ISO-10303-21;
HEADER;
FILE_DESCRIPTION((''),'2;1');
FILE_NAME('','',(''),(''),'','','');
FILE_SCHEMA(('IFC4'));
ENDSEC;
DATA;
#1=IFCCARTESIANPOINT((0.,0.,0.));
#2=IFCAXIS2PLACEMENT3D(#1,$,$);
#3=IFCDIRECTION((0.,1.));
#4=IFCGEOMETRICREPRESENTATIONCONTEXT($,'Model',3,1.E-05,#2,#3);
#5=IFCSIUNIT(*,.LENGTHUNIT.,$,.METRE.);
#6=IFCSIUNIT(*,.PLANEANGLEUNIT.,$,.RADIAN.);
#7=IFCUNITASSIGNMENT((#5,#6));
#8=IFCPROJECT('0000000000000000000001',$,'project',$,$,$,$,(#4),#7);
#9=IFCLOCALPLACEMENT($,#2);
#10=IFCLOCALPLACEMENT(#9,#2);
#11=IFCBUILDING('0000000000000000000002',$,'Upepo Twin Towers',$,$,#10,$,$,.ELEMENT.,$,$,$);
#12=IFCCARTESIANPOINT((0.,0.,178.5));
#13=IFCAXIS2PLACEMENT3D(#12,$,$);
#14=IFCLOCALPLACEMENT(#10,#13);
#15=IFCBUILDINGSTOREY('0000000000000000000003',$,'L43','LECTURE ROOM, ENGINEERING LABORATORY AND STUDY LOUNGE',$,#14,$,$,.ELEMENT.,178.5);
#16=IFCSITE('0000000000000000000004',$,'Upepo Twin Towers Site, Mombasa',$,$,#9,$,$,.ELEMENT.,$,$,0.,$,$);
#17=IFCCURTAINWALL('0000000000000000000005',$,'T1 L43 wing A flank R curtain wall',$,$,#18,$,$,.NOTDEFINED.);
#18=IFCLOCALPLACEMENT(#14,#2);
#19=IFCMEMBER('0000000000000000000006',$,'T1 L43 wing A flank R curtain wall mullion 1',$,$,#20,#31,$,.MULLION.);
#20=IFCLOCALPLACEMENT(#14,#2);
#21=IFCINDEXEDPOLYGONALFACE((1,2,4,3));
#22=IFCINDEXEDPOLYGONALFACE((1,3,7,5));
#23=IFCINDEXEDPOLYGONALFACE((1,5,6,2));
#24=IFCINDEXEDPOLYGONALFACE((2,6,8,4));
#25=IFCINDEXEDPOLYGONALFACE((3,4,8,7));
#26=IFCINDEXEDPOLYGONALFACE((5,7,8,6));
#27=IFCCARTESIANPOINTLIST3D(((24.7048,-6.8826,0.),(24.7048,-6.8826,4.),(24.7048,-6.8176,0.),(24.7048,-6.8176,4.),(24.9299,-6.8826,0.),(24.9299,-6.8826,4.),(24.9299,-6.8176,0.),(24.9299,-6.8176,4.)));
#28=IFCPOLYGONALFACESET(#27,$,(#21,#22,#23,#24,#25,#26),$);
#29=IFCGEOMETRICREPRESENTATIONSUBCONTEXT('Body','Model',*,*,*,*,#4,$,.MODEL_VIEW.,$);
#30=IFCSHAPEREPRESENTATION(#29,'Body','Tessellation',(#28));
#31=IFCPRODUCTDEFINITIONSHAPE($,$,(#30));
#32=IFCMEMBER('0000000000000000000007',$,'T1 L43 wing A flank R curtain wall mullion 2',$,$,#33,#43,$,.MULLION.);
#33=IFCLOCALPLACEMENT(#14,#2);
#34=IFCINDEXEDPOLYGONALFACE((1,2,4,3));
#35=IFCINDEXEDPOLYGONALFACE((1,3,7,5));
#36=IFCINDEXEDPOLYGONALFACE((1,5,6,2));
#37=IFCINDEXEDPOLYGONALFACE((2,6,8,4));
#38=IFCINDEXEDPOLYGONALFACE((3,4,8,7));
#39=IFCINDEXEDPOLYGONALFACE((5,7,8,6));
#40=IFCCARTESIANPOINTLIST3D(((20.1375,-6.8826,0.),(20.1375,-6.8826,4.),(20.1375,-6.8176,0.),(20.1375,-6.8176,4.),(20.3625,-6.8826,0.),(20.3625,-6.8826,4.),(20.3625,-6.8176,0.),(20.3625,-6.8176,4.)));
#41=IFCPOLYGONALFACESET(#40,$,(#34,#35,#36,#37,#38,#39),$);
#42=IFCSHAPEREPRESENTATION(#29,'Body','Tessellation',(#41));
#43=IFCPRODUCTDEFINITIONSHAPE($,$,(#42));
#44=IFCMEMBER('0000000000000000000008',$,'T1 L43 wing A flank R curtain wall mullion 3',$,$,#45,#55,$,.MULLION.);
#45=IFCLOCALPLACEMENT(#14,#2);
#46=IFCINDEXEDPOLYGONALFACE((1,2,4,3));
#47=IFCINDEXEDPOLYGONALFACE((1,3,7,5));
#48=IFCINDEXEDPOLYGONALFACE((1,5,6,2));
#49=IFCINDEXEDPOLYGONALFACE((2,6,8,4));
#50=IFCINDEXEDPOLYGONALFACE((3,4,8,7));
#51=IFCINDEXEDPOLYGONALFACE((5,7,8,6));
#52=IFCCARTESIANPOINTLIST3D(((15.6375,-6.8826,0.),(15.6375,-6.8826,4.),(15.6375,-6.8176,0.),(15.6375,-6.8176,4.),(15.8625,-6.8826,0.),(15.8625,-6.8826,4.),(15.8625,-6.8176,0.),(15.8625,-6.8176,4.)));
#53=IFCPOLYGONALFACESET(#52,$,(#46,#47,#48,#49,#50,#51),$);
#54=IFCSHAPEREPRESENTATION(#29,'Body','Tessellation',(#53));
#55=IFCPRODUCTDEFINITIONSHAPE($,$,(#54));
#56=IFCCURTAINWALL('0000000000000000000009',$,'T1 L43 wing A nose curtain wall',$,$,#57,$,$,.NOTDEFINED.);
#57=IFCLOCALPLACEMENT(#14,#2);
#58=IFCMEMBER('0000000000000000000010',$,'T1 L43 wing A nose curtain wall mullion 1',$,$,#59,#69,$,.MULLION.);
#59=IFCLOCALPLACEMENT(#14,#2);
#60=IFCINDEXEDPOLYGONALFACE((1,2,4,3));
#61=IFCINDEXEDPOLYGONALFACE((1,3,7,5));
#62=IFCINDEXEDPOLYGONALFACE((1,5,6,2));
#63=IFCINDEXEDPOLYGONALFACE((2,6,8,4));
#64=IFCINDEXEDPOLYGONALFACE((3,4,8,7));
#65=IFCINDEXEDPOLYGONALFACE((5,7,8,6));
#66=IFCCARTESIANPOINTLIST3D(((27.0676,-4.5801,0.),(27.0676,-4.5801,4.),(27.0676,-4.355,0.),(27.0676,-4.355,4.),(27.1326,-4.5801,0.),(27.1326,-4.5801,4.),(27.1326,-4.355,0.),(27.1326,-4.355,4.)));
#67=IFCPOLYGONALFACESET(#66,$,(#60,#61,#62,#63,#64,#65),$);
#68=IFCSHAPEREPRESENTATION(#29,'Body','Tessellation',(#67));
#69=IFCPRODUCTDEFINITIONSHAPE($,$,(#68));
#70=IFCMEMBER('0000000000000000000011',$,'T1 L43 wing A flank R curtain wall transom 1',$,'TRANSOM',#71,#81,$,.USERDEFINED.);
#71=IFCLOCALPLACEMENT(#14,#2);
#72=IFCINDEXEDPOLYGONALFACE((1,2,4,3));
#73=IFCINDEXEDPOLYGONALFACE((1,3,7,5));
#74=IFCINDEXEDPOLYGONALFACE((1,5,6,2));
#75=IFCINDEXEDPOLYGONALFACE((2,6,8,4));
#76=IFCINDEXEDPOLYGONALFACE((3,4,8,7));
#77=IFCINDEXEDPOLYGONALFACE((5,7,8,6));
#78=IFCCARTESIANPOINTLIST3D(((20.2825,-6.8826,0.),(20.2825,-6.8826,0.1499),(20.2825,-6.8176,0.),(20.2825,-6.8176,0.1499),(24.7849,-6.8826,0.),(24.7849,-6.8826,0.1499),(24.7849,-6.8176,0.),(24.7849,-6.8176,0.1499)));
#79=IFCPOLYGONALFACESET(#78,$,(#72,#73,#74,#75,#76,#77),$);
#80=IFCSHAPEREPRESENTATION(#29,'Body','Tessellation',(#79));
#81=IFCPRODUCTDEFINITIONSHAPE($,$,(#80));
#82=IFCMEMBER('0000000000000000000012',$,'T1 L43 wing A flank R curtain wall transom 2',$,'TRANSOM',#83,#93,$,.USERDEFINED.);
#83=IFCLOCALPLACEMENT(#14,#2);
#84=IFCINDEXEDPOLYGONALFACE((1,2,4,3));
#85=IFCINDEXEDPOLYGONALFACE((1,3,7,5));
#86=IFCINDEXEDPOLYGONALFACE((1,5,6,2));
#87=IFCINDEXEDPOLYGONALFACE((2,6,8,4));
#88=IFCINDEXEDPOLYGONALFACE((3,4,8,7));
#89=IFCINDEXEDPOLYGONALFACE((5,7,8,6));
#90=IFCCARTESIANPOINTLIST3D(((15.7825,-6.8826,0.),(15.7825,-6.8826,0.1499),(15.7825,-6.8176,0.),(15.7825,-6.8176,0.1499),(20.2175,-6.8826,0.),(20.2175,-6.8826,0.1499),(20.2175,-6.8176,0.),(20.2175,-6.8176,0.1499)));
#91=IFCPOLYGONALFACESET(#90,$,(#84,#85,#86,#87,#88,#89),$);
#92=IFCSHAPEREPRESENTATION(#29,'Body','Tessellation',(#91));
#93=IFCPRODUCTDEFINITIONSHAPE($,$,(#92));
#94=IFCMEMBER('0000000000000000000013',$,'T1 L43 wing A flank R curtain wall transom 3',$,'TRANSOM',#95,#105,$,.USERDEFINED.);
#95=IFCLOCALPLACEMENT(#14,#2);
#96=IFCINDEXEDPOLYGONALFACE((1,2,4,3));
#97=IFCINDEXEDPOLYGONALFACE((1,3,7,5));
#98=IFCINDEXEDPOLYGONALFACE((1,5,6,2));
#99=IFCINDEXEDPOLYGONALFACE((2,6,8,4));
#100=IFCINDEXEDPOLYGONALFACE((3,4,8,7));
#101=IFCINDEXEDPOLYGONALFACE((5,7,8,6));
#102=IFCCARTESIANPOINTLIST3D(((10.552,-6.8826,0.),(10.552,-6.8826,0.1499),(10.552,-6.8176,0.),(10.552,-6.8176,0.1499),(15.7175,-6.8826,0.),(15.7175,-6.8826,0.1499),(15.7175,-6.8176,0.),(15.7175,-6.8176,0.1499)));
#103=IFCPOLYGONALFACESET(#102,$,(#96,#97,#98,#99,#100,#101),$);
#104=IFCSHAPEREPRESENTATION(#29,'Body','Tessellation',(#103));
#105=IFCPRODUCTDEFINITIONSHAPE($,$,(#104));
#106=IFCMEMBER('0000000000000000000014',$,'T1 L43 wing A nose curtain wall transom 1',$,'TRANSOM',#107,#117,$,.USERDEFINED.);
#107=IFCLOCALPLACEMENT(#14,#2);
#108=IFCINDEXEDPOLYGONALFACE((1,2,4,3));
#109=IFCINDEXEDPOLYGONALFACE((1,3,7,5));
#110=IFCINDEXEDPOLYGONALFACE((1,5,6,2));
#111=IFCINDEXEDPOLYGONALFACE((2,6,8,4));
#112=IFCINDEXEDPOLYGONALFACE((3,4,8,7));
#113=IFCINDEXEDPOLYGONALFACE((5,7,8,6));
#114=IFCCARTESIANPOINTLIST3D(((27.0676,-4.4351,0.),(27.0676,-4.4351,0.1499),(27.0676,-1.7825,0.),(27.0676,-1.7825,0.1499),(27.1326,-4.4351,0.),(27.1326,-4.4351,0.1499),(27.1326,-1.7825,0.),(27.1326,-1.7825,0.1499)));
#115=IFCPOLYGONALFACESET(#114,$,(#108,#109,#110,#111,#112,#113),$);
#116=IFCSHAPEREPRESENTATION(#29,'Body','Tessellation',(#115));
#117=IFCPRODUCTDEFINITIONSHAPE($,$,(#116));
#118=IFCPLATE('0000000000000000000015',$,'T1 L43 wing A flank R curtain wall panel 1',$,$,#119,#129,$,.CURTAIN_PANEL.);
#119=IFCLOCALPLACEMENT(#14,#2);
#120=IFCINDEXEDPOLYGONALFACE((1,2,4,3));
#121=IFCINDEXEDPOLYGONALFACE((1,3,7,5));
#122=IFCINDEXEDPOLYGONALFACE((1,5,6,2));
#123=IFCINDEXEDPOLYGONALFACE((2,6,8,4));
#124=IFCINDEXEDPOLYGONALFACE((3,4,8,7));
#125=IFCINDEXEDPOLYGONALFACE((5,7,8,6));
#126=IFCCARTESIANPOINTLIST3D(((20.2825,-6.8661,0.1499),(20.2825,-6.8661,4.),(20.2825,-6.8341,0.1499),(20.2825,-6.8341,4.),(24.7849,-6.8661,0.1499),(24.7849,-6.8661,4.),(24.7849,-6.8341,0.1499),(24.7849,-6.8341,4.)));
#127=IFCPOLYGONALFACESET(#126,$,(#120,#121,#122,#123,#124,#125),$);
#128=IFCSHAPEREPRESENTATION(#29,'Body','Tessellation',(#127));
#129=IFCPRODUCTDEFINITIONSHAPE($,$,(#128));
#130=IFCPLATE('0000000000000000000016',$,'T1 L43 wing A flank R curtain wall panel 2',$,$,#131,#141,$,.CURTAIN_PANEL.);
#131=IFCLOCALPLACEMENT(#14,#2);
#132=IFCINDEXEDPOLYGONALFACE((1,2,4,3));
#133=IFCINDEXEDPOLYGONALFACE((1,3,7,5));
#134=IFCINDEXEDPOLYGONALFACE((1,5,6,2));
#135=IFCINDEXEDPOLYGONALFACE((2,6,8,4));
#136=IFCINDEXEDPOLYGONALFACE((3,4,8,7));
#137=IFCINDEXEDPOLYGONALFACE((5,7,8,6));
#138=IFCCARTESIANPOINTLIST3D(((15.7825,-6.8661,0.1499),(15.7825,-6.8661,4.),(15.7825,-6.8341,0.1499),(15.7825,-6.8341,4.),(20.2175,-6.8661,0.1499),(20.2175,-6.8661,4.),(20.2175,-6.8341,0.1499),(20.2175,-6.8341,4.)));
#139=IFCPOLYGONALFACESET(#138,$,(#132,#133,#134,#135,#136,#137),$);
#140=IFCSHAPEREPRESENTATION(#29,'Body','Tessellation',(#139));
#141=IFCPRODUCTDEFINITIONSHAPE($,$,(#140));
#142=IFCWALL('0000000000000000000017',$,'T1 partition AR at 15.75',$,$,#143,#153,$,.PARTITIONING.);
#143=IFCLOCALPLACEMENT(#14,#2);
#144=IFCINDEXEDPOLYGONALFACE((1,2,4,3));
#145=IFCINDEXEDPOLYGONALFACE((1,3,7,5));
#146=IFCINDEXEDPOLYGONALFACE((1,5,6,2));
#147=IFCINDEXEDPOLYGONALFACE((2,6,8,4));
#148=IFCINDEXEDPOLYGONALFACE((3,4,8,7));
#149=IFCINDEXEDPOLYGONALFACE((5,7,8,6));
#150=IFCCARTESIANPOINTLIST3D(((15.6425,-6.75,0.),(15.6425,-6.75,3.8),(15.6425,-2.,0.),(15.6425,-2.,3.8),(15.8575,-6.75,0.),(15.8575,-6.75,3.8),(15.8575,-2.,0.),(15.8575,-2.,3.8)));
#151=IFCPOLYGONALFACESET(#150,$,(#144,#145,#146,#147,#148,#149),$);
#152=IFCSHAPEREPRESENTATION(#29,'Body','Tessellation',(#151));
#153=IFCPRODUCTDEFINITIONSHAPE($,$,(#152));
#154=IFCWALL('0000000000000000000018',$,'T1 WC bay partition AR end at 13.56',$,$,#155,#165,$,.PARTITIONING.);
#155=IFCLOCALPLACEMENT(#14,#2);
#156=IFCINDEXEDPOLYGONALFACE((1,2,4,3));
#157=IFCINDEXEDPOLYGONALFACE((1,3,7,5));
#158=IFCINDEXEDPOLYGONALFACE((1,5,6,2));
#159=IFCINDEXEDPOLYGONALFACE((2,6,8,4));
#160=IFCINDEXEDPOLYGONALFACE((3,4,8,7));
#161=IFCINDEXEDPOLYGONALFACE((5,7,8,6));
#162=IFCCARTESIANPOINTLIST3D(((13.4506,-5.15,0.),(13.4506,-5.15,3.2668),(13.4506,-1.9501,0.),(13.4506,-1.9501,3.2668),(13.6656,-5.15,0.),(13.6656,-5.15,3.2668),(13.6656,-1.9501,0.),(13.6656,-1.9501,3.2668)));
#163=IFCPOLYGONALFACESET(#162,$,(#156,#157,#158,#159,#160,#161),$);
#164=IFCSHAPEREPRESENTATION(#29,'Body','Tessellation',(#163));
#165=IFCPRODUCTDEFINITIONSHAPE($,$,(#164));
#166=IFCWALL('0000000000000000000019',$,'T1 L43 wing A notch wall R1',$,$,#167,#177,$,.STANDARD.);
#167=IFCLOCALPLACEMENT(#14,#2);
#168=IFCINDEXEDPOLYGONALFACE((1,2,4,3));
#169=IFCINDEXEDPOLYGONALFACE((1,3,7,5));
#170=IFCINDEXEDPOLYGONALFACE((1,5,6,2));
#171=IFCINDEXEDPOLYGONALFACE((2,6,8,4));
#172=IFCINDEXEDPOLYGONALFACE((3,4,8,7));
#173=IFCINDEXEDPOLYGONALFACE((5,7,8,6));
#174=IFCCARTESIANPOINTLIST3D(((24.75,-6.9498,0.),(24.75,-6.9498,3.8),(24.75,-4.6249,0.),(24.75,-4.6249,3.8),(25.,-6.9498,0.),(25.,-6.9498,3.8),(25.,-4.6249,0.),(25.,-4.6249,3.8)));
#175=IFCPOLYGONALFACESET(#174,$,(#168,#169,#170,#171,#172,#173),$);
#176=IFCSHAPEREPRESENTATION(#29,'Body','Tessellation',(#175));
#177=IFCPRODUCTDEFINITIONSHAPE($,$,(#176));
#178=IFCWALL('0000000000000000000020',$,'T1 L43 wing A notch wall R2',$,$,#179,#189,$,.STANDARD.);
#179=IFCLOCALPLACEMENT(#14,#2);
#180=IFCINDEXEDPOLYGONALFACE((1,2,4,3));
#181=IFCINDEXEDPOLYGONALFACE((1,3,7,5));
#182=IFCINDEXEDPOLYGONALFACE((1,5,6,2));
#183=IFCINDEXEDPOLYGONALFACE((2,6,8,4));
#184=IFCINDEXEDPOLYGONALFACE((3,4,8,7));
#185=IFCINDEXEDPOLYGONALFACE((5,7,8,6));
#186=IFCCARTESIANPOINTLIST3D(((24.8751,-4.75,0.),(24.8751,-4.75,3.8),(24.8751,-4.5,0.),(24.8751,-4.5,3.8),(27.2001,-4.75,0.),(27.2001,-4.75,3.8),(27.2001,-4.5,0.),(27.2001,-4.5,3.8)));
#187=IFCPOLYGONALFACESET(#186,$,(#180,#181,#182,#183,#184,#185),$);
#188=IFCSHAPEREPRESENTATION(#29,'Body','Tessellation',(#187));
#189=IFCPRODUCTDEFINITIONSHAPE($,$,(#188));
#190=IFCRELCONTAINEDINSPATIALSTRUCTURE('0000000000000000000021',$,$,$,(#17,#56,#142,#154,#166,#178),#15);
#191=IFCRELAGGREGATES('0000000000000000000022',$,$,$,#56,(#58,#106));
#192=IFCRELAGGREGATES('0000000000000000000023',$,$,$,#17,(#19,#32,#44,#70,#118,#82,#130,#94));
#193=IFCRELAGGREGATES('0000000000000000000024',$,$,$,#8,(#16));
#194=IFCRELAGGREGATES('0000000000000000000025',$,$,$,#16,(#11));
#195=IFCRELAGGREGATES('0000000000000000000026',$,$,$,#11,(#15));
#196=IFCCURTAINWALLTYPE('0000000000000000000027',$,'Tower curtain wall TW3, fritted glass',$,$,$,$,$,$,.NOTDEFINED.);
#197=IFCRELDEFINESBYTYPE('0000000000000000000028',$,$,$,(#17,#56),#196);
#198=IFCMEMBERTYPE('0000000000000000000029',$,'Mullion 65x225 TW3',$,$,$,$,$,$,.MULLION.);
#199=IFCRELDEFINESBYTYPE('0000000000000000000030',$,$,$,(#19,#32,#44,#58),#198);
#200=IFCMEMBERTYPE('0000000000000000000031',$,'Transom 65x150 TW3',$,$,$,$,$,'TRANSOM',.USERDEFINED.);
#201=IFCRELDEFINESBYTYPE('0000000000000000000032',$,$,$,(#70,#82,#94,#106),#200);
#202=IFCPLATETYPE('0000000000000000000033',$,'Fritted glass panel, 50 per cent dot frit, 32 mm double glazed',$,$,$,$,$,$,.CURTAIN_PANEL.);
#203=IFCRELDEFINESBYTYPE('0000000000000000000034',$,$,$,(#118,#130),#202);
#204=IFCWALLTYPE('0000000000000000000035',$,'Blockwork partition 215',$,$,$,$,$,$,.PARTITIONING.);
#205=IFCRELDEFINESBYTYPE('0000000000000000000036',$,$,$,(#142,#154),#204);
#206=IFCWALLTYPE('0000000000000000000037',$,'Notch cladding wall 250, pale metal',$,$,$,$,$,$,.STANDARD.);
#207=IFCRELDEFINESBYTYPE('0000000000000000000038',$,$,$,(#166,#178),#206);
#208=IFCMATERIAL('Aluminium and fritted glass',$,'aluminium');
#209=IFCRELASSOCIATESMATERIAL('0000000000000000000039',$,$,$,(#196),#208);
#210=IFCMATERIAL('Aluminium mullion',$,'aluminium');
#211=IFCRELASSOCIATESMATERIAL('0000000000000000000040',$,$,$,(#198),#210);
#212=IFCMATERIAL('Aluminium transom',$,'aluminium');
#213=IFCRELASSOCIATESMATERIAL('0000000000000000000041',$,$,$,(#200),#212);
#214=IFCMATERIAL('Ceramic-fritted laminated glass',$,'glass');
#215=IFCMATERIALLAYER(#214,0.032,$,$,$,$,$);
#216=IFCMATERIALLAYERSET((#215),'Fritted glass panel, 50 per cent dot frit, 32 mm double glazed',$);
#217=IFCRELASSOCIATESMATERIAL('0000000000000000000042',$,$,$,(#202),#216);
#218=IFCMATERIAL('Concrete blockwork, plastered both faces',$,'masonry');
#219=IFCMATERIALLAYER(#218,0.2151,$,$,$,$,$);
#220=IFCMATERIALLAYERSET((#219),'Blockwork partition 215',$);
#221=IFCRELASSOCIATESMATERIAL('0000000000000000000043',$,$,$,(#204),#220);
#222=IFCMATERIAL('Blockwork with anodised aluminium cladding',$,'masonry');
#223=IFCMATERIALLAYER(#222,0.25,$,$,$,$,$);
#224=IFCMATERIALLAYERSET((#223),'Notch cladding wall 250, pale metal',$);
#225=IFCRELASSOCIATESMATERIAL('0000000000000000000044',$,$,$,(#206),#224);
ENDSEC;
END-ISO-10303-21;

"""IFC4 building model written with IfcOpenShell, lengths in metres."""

from ifc_helpers import new_model, si_unit, direction, frame, frame_2d, origin, origin_2d, place, context, subcontext, project, spatial, rectangle, extrude, material, layer, layer_set, material_profile, profile_set, type_object, element, aggregate, save


model = new_model("IFC4")

# Units and contexts
model_context = context("Model", 3, precision=1e-05, world=origin(), true_north=direction((0.0, 1.0)))
body_context = subcontext(model_context, "Body", "Model", "MODEL_VIEW")
ifc_project = project(units=[si_unit("LENGTHUNIT", "METRE"), si_unit("PLANEANGLEUNIT", "RADIAN")], contexts=[model_context])

# Site, building, storey
site_placement = place(None, origin())
site = spatial("IfcSite", under=ifc_project, at=site_placement, Name="Upepo Twin Towers Site, Mombasa", CompositionType="ELEMENT", RefElevation=0.0)
building_placement = place(site_placement, origin())
building = spatial("IfcBuilding", under=site, at=building_placement, Name="Upepo Twin Towers", CompositionType="ELEMENT")
storey_placement = place(building_placement, frame((0.0, 0.0, 178.5)))
storey = spatial("IfcBuildingStorey", under=building, at=storey_placement, Name="L43", Description="LECTURE ROOM, ENGINEERING LABORATORY AND STUDY LOUNGE", CompositionType="ELEMENT", Elevation=178.5)

# Curtain wall, members
ifc_material_1 = material(Name="Aluminium and fritted glass", Category="aluminium")
curtain_wall_type = type_object("IfcCurtainWallType", Name="Tower curtain wall TW3, fritted glass", PredefinedType="NOTDEFINED", material=ifc_material_1)
curtain_wall_1_placement = place(storey_placement, origin())
curtain_wall_1 = element("IfcCurtainWall", 1, at=curtain_wall_1_placement, inside=storey, type_object=curtain_wall_type, Name="T1 L43 wing A flank R curtain wall", PredefinedType="NOTDEFINED")
ifc_material_2 = material(Name="Aluminium mullion", Category="aluminium")
ifc_material_profile_1 = material_profile(ifc_material_2, rectangle(XDim=0.0649, YDim=0.2251, at=origin_2d()), Name="MULLION 65x225")
ifc_profile_set_1 = profile_set([ifc_material_profile_1], Name="Aluminium mullion")
member_type_1 = type_object("IfcMemberType", Name="Mullion 65x225 TW3", PredefinedType="MULLION", material=ifc_profile_set_1)
member_1_placement = place(storey_placement, frame((24.8174, -6.8501, 0.0), z_axis=(0.0, 0.0, 1.0), x_axis=(0.0, -1.0, 0.0)))
member_1 = element("IfcMember", 2, at=member_1_placement, type_object=member_type_1, Name="T1 L43 wing A flank R curtain wall mullion 1", PredefinedType="MULLION", context=body_context, shape_type="SweptSolid", body=[
    extrude(rectangle(XDim=0.0649, YDim=0.2251, at=origin_2d()), origin(), (0.0, 0.0, 1.0), 4.0),
])
member_2_placement = place(storey_placement, frame((20.25, -6.8501, 0.0), z_axis=(0.0, 0.0, 1.0), x_axis=(0.0, -1.0, 0.0)))
member_2 = element("IfcMember", 3, at=member_2_placement, type_object=member_type_1, Name="T1 L43 wing A flank R curtain wall mullion 2", PredefinedType="MULLION", context=body_context, shape_type="SweptSolid", body=[
    extrude(rectangle(XDim=0.0649, YDim=0.2251, at=origin_2d()), origin(), (0.0, 0.0, 1.0), 4.0),
])
member_3_placement = place(storey_placement, frame((15.75, -6.8501, 0.0), z_axis=(0.0, 0.0, 1.0), x_axis=(0.0, -1.0, 0.0)))
member_3 = element("IfcMember", 4, at=member_3_placement, type_object=member_type_1, Name="T1 L43 wing A flank R curtain wall mullion 3", PredefinedType="MULLION", context=body_context, shape_type="SweptSolid", body=[
    extrude(rectangle(XDim=0.0649, YDim=0.2251, at=origin_2d()), origin(), (0.0, 0.0, 1.0), 4.0),
])

# Curtain wall, member
curtain_wall_2_placement = place(storey_placement, origin())
curtain_wall_2 = element("IfcCurtainWall", 5, at=curtain_wall_2_placement, inside=storey, type_object=curtain_wall_type, Name="T1 L43 wing A nose curtain wall", PredefinedType="NOTDEFINED")
member_4_placement = place(storey_placement, frame((27.1001, -4.4675, 0.0), z_axis=(0.0, 0.0, 1.0), x_axis=(-1.0, 0.0, 0.0)))
member_4 = element("IfcMember", 6, at=member_4_placement, type_object=member_type_1, Name="T1 L43 wing A nose curtain wall mullion 1", PredefinedType="MULLION", context=body_context, shape_type="SweptSolid", body=[
    extrude(rectangle(XDim=0.0649, YDim=0.2251, at=origin_2d()), origin(), (0.0, 0.0, 1.0), 4.0),
])

# Members
ifc_material_3 = material(Name="Aluminium transom", Category="aluminium")
ifc_material_profile_2 = material_profile(ifc_material_3, rectangle(XDim=0.0649, YDim=0.1499, at=origin_2d()), Name="TRANSOM 65x150")
ifc_profile_set_2 = profile_set([ifc_material_profile_2], Name="Aluminium transom")
member_type_2 = type_object("IfcMemberType", Name="Transom 65x150 TW3", ElementType="TRANSOM", PredefinedType="USERDEFINED", material=ifc_profile_set_2)
member_5_placement = place(storey_placement, frame((24.7849, -6.8501, 0.075), z_axis=(-1.0, 0.0, 0.0), x_axis=(0.0, -1.0, 0.0)))
member_5 = element("IfcMember", 7, at=member_5_placement, type_object=member_type_2, Name="T1 L43 wing A flank R curtain wall transom 1", ObjectType="TRANSOM", PredefinedType="USERDEFINED", context=body_context, shape_type="SweptSolid", body=[
    extrude(rectangle(XDim=0.0649, YDim=0.1499, at=origin_2d()), origin(), (0.0, 0.0, 1.0), 4.5024),
])
member_6_placement = place(storey_placement, frame((20.2175, -6.8501, 0.075), z_axis=(-1.0, 0.0, 0.0), x_axis=(0.0, -1.0, 0.0)))
member_6 = element("IfcMember", 8, at=member_6_placement, type_object=member_type_2, Name="T1 L43 wing A flank R curtain wall transom 2", ObjectType="TRANSOM", PredefinedType="USERDEFINED", context=body_context, shape_type="SweptSolid", body=[
    extrude(rectangle(XDim=0.0649, YDim=0.1499, at=origin_2d()), origin(), (0.0, 0.0, 1.0), 4.4351),
])
member_7_placement = place(storey_placement, frame((15.7175, -6.8501, 0.075), z_axis=(-1.0, 0.0, 0.0), x_axis=(0.0, -1.0, 0.0)))
member_7 = element("IfcMember", 9, at=member_7_placement, type_object=member_type_2, Name="T1 L43 wing A flank R curtain wall transom 3", ObjectType="TRANSOM", PredefinedType="USERDEFINED", context=body_context, shape_type="SweptSolid", body=[
    extrude(rectangle(XDim=0.0649, YDim=0.1499, at=origin_2d()), origin(), (0.0, 0.0, 1.0), 5.1655),
])
member_8_placement = place(storey_placement, frame((27.1001, -4.4351, 0.075), z_axis=(0.0, 1.0, 0.0), x_axis=(-1.0, 0.0, 0.0)))
member_8 = element("IfcMember", 10, at=member_8_placement, type_object=member_type_2, Name="T1 L43 wing A nose curtain wall transom 1", ObjectType="TRANSOM", PredefinedType="USERDEFINED", context=body_context, shape_type="SweptSolid", body=[
    extrude(rectangle(XDim=0.0649, YDim=0.1499, at=origin_2d()), origin(), (0.0, 0.0, 1.0), 2.6526),
])
aggregate(curtain_wall_2, [member_4, member_8])

# Plates
ifc_material_4 = material(Name="Ceramic-fritted laminated glass", Category="glass")
ifc_layer_1 = layer(ifc_material_4, 0.032)
ifc_layer_set_1 = layer_set([ifc_layer_1], Name="Fritted glass panel, 50 per cent dot frit, 32 mm double glazed")
plate_type = type_object("IfcPlateType", Name="Fritted glass panel, 50 per cent dot frit, 32 mm double glazed", PredefinedType="CURTAIN_PANEL", material=ifc_layer_set_1)
plate_1_placement = place(storey_placement, frame((22.5337, -6.8501, 0.1499), z_axis=(0.0, 0.0, 1.0), x_axis=(-1.0, 0.0, 0.0)))
plate_1 = element("IfcPlate", 11, at=plate_1_placement, type_object=plate_type, Name="T1 L43 wing A flank R curtain wall panel 1", PredefinedType="CURTAIN_PANEL", context=body_context, shape_type="SweptSolid", body=[
    extrude(rectangle(XDim=4.5024, YDim=0.032, at=origin_2d()), origin(), (0.0, 0.0, 1.0), 3.8501),
])
plate_2_placement = place(storey_placement, frame((18.0, -6.8501, 0.1499), z_axis=(0.0, 0.0, 1.0), x_axis=(-1.0, 0.0, 0.0)))
plate_2 = element("IfcPlate", 12, at=plate_2_placement, type_object=plate_type, Name="T1 L43 wing A flank R curtain wall panel 2", PredefinedType="CURTAIN_PANEL", context=body_context, shape_type="SweptSolid", body=[
    extrude(rectangle(XDim=4.4351, YDim=0.032, at=origin_2d()), origin(), (0.0, 0.0, 1.0), 3.8501),
])
aggregate(curtain_wall_1, [member_1, member_2, member_3, member_5, plate_1, member_6, plate_2, member_7])

# Walls
ifc_material_5 = material(Name="Concrete blockwork, plastered both faces", Category="masonry")
ifc_layer_2 = layer(ifc_material_5, 0.2151)
ifc_layer_set_2 = layer_set([ifc_layer_2], Name="Blockwork partition 215")
wall_type_1 = type_object("IfcWallType", Name="Blockwork partition 215", PredefinedType="PARTITIONING", material=ifc_layer_set_2)
wall_1_placement = place(storey_placement, frame((15.75, -2.0, 0.0), z_axis=(0.0, 0.0, 1.0), x_axis=(0.0, -1.0, 0.0)))
element("IfcWall", 13, at=wall_1_placement, inside=storey, type_object=wall_type_1, Name="T1 partition AR at 15.75", PredefinedType="PARTITIONING", context=body_context, shape_type="SweptSolid", body=[
    extrude(rectangle(XDim=4.75, YDim=0.2151, at=frame_2d((2.375, 0.0))), origin(), (0.0, 0.0, 1.0), 3.8),
])
wall_2_placement = place(storey_placement, frame((13.5581, -1.95, 0.0), z_axis=(0.0, 0.0, 1.0), x_axis=(0.0, -1.0, 0.0)))
element("IfcWall", 14, at=wall_2_placement, inside=storey, type_object=wall_type_1, Name="T1 WC bay partition AR end at 13.56", PredefinedType="PARTITIONING", context=body_context, shape_type="SweptSolid", body=[
    extrude(rectangle(XDim=3.2, YDim=0.2151, at=frame_2d((1.6001, 0.0))), origin(), (0.0, 0.0, 1.0), 3.2668),
])
ifc_material_6 = material(Name="Blockwork with anodised aluminium cladding", Category="masonry")
ifc_layer_3 = layer(ifc_material_6, 0.25)
ifc_layer_set_3 = layer_set([ifc_layer_3], Name="Notch cladding wall 250, pale metal")
wall_type_2 = type_object("IfcWallType", Name="Notch cladding wall 250, pale metal", PredefinedType="STANDARD", material=ifc_layer_set_3)
for number, where, z_axis, x_axis, name in (
    (15, (24.875, -6.95, 0.0), (0.0, 0.0, 1.0), (0.0, 1.0, 0.0), "T1 L43 wing A notch wall R1"),
    (16, (24.875, -4.625, 0.0), (0.0, 0.0, 1.0), (1.0, 0.0, 0.0), "T1 L43 wing A notch wall R2"),
):
    element("IfcWall", number, at=place(storey_placement, frame(where, z_axis=z_axis, x_axis=x_axis)), inside=storey, type_object=wall_type_2, Name=name, PredefinedType="STANDARD", context=body_context, shape_type="SweptSolid", body=[
        extrude(rectangle(XDim=2.325, YDim=0.25, at=frame_2d((1.1626, 0.0))), origin(), (0.0, 0.0, 1.0), 3.8),
    ])

save(model, "model.ifc")
